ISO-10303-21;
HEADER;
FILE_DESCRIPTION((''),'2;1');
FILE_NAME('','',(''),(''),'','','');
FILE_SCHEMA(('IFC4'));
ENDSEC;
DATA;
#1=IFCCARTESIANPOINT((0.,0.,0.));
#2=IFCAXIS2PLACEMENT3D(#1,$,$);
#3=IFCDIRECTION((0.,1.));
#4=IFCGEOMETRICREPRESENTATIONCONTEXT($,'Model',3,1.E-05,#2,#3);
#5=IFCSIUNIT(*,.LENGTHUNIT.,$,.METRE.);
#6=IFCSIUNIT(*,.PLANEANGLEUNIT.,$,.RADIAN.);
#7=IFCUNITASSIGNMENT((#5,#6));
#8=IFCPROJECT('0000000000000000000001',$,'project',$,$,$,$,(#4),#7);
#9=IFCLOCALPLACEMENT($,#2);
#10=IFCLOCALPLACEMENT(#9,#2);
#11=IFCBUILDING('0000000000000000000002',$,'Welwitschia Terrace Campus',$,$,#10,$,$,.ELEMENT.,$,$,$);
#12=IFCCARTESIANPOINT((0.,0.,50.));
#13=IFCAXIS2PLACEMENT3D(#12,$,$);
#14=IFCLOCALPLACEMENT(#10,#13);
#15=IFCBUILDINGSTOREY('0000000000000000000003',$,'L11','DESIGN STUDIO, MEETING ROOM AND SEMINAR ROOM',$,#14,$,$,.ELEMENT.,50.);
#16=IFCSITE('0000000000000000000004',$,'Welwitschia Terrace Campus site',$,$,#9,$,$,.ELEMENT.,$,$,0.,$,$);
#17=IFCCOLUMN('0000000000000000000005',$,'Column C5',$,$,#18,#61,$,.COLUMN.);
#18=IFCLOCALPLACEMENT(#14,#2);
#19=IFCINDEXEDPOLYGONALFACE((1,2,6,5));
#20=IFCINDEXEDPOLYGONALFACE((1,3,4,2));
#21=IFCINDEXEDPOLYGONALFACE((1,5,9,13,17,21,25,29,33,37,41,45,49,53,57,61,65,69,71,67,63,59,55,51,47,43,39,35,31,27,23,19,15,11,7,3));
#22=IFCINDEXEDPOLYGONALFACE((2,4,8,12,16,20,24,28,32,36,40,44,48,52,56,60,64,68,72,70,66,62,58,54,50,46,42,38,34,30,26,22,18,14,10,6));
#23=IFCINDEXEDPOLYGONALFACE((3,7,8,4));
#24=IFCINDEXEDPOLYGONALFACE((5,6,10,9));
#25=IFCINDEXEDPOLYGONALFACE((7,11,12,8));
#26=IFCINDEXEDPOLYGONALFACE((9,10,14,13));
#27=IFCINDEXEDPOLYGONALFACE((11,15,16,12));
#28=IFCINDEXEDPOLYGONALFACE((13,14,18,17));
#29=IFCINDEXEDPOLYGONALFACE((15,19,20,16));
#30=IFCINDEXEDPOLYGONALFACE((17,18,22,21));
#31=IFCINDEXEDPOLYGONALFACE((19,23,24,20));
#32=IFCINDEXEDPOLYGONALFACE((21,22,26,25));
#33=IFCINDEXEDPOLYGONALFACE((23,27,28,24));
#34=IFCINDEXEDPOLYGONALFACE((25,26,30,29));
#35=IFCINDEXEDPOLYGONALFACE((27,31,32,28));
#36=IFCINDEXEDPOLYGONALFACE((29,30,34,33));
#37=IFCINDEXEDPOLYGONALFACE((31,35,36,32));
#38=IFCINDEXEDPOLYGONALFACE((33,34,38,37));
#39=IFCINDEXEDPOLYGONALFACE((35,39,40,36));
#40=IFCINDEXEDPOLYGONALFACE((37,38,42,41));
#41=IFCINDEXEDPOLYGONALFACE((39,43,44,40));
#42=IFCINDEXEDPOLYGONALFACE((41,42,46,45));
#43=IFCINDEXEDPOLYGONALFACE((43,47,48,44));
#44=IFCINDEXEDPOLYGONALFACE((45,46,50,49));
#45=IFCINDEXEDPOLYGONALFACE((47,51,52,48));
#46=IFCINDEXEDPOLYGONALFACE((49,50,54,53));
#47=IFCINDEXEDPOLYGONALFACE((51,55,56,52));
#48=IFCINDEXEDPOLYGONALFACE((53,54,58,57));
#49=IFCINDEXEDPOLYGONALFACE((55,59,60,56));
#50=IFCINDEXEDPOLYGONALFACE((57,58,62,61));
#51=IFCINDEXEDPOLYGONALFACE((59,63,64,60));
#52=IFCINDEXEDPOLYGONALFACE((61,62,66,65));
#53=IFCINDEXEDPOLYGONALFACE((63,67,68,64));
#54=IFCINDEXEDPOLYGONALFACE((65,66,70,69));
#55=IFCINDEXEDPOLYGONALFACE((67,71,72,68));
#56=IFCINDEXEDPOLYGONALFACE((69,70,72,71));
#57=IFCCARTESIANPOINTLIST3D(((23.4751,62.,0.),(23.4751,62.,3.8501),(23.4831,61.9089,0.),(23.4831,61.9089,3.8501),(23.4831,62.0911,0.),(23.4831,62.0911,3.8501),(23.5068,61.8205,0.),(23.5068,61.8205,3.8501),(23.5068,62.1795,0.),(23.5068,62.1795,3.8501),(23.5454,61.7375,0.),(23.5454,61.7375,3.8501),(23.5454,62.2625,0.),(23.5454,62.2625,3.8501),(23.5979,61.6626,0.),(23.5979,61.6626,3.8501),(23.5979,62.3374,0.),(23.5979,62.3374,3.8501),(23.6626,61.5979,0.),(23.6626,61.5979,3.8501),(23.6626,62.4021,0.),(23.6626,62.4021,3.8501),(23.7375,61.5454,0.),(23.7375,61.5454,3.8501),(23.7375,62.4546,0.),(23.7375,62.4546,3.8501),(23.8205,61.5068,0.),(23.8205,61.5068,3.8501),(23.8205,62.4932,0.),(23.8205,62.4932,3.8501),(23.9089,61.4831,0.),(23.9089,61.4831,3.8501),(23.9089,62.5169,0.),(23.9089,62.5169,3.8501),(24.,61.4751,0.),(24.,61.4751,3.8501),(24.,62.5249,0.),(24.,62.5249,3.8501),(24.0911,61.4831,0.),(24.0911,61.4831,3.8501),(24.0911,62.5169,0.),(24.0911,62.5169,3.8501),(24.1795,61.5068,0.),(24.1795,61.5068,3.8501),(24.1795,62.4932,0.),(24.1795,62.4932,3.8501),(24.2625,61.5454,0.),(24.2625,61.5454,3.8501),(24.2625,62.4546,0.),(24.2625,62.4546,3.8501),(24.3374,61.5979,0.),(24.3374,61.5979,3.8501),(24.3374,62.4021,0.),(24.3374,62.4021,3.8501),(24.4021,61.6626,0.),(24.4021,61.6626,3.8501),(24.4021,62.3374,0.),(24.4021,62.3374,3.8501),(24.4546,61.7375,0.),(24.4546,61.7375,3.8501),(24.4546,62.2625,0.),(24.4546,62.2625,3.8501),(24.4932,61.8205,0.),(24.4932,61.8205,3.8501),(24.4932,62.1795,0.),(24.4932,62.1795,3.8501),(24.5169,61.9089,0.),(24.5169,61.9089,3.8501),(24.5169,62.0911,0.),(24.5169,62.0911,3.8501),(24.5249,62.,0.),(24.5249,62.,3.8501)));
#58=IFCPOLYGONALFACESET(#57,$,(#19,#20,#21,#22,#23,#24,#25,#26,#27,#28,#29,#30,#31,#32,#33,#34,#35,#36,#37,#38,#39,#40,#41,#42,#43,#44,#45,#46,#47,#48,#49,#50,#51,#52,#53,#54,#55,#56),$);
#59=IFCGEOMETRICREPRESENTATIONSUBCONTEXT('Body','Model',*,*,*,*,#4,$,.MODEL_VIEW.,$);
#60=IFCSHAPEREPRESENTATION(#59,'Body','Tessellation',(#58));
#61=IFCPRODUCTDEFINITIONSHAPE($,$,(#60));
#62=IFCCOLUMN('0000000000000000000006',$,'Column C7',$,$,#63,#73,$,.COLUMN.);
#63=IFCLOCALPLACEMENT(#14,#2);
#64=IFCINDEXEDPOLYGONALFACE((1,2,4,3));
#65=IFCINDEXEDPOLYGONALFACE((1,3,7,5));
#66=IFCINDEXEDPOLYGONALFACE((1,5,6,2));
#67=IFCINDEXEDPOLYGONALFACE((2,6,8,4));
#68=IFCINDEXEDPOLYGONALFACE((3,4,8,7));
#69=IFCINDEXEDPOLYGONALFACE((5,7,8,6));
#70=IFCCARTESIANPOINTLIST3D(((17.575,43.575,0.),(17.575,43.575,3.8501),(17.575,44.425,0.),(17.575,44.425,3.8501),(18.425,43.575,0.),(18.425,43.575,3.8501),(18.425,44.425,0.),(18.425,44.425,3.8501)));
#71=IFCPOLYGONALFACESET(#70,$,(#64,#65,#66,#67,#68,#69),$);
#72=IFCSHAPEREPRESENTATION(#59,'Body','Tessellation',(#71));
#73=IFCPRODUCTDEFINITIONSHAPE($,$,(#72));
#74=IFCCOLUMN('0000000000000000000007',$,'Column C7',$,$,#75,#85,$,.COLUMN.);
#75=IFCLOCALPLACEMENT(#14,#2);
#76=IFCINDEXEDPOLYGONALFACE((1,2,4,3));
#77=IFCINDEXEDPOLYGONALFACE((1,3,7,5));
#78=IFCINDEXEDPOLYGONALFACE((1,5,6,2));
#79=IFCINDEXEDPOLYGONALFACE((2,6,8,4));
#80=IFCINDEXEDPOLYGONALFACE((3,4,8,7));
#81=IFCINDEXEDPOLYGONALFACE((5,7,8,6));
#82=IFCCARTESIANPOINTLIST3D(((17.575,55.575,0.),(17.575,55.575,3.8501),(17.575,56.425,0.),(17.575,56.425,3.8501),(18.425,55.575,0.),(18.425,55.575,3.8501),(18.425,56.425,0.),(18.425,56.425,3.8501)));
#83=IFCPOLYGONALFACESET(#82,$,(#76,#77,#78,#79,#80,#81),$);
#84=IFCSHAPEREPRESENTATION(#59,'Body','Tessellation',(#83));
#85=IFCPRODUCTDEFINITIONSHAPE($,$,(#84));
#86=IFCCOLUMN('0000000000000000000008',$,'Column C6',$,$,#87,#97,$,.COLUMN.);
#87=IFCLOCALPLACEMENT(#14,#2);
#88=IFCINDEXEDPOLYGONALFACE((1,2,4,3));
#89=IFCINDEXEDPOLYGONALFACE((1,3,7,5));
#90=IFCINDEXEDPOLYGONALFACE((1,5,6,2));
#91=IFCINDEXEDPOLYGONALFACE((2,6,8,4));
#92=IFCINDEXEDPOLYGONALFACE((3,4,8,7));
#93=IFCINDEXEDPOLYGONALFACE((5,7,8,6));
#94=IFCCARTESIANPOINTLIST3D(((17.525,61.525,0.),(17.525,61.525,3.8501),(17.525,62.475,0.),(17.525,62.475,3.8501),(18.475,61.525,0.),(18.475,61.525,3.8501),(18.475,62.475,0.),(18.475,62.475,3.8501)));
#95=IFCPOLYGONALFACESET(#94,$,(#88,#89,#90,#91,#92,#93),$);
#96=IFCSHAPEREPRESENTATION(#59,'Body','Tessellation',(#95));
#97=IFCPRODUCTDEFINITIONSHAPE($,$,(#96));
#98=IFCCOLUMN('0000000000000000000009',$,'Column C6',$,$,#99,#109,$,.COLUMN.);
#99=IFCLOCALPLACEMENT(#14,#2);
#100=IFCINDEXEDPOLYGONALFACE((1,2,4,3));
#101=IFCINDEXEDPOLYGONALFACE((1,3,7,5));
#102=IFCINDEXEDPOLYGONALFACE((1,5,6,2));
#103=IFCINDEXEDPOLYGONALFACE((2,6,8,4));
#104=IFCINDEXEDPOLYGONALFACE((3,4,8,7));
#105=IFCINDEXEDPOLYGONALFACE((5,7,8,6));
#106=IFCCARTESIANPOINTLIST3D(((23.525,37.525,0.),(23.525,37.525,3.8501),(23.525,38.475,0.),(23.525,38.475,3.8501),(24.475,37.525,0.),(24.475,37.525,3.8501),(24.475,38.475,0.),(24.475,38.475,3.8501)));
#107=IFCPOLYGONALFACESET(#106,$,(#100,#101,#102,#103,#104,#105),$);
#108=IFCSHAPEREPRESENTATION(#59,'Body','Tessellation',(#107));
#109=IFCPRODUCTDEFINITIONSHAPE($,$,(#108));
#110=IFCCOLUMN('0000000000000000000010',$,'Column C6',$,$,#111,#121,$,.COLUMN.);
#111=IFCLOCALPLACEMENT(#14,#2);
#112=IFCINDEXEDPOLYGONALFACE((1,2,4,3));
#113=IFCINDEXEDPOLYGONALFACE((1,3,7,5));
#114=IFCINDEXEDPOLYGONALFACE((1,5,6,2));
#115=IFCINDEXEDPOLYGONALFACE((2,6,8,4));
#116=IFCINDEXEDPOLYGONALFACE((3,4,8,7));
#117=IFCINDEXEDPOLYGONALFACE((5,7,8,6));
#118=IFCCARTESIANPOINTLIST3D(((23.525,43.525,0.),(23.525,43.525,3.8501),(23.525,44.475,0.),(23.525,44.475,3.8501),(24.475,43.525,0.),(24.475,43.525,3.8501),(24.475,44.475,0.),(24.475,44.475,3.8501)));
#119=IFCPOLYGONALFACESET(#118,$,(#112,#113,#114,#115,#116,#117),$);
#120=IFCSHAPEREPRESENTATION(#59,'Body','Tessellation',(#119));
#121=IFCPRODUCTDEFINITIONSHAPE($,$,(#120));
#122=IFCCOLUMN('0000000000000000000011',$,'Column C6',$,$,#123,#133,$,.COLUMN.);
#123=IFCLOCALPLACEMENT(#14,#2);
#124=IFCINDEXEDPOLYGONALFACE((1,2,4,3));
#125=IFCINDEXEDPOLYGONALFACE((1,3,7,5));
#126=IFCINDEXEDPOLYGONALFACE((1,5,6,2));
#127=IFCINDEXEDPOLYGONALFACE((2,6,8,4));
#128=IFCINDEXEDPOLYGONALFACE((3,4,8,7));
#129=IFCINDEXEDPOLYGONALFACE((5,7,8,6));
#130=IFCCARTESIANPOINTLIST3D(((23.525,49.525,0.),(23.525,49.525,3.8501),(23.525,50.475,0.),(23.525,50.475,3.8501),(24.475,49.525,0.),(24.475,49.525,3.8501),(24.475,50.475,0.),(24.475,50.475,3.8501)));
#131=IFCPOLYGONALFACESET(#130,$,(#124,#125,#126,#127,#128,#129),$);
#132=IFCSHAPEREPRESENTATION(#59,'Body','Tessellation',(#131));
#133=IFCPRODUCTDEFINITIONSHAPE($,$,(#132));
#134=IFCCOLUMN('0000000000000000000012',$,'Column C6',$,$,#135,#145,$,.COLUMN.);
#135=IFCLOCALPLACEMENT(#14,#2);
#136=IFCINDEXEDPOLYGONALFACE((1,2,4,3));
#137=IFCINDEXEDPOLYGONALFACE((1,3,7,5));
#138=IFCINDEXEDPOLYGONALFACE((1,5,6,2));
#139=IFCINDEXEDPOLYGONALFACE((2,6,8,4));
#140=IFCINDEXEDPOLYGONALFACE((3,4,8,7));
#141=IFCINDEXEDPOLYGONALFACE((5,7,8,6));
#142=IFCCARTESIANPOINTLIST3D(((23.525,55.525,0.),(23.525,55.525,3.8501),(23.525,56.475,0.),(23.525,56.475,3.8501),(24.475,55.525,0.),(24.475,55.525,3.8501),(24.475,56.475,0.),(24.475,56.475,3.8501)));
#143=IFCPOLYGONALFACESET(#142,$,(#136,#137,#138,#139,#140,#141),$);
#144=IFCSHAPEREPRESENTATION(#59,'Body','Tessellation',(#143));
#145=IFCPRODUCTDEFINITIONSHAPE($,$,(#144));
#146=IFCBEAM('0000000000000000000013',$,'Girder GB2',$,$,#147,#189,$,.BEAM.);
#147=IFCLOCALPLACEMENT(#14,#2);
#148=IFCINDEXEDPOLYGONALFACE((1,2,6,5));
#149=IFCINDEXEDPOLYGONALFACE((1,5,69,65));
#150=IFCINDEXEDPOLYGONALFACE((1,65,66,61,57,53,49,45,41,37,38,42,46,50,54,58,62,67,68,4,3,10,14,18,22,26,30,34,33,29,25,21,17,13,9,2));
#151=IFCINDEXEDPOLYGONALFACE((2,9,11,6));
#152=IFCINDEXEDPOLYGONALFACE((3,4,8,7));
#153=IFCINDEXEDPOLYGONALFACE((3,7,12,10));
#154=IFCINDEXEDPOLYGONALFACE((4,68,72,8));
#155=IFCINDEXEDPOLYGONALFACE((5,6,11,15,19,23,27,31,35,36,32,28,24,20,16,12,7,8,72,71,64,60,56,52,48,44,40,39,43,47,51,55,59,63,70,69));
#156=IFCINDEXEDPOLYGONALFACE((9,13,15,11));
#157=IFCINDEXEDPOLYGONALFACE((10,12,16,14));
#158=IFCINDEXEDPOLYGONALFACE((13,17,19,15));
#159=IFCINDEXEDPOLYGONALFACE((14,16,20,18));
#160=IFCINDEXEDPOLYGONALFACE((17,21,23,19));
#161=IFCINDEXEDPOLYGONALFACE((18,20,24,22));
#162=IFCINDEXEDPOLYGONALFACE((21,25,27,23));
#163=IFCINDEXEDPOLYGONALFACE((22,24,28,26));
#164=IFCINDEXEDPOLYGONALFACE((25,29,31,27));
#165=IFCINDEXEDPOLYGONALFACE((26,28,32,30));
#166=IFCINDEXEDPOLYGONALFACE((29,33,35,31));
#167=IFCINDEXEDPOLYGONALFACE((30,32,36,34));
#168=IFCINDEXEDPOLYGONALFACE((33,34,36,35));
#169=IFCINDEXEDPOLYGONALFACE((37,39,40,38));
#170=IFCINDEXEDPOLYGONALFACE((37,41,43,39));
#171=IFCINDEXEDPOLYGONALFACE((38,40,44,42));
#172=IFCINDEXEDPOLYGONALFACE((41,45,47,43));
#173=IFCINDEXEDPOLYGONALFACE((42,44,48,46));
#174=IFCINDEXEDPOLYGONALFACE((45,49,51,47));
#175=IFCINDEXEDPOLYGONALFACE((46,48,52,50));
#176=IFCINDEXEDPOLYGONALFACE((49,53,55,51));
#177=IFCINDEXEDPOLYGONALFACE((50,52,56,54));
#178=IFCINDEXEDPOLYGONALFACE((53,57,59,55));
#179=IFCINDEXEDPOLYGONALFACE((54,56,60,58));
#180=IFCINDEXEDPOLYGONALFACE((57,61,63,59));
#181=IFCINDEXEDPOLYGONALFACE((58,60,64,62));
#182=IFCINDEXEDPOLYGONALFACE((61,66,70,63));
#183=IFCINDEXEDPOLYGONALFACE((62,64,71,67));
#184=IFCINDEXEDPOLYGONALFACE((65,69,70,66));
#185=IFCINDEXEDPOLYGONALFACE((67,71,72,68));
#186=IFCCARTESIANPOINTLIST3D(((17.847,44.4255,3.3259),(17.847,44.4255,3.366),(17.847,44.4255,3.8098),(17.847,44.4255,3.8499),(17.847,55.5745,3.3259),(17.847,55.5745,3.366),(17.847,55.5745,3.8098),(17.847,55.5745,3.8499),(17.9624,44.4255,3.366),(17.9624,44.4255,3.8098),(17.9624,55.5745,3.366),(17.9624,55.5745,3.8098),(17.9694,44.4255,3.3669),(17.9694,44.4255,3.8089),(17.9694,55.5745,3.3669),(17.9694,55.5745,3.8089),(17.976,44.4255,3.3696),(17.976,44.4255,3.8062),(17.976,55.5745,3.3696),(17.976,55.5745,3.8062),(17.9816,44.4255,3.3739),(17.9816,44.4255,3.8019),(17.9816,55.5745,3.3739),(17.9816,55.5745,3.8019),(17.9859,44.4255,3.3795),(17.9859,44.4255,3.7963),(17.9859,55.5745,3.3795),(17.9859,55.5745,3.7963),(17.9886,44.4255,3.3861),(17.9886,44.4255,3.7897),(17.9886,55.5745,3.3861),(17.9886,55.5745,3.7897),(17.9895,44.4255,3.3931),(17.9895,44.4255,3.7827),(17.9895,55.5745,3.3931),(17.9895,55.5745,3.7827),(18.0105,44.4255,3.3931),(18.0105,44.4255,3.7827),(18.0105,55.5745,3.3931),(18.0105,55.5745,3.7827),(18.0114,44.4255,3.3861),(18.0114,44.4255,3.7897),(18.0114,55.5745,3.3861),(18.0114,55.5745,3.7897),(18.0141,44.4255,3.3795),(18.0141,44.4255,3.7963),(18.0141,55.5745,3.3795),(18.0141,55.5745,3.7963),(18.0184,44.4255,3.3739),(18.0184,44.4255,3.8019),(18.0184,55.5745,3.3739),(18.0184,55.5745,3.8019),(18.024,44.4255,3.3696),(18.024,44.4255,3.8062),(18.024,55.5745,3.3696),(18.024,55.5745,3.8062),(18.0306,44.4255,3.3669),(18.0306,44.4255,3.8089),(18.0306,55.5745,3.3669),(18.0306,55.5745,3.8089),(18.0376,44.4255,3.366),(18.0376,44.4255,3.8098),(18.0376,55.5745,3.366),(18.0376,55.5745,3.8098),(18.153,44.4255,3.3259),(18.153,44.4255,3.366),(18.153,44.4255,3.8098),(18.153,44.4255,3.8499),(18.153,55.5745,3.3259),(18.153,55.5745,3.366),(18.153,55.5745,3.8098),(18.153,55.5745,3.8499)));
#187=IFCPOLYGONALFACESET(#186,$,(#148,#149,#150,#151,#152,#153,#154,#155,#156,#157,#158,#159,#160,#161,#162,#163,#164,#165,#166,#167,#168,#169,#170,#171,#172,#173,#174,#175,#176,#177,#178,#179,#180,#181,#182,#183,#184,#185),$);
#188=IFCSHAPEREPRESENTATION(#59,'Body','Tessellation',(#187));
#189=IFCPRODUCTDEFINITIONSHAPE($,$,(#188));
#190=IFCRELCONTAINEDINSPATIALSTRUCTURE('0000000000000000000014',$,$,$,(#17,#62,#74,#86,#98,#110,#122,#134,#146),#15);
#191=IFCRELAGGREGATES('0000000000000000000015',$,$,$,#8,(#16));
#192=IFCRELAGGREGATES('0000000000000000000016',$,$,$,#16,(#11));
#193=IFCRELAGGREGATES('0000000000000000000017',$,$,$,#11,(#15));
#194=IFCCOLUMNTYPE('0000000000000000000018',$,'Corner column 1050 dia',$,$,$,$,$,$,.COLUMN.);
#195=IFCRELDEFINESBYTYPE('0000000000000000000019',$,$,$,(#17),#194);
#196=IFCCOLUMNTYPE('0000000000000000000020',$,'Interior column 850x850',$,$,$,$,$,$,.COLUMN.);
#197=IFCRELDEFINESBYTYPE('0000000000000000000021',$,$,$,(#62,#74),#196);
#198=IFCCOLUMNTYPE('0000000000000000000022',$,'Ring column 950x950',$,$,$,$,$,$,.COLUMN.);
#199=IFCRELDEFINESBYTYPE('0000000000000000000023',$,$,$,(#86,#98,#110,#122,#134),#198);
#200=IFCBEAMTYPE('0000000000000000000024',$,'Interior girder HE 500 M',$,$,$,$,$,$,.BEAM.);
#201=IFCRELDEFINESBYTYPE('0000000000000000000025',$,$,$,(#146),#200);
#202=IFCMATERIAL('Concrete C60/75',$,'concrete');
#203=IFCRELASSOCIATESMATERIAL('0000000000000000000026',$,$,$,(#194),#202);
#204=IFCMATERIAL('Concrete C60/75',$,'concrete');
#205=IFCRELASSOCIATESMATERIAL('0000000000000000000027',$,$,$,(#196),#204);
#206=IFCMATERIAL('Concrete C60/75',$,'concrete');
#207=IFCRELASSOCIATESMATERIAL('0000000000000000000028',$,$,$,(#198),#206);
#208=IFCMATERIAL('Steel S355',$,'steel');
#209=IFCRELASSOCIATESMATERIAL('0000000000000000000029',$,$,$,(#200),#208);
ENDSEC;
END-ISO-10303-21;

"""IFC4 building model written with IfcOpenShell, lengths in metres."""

from ifc_helpers import new_model, si_unit, direction, frame, origin, origin_2d, place, context, subcontext, project, spatial, rectangle, circle, i_section, extrude, material, material_profile, profile_set, type_object, element, save


model = new_model("IFC4")

# Units and contexts
model_context = context("Model", 3, precision=1e-05, world=origin(), true_north=direction((0.0, 1.0)))
body_context = subcontext(model_context, "Body", "Model", "MODEL_VIEW")
ifc_project = project(units=[si_unit("LENGTHUNIT", "METRE"), si_unit("PLANEANGLEUNIT", "RADIAN")], contexts=[model_context])

# Site, building, storey
site_placement = place(None, origin())
site = spatial("IfcSite", under=ifc_project, at=site_placement, Name="Welwitschia Terrace Campus site", CompositionType="ELEMENT", RefElevation=0.0)
building_placement = place(site_placement, origin())
building = spatial("IfcBuilding", under=site, at=building_placement, Name="Welwitschia Terrace Campus", CompositionType="ELEMENT")
storey_placement = place(building_placement, frame((0.0, 0.0, 50.0)))
storey = spatial("IfcBuildingStorey", under=building, at=storey_placement, Name="L11", Description="DESIGN STUDIO, MEETING ROOM AND SEMINAR ROOM", CompositionType="ELEMENT", Elevation=50.0)

# Columns
ifc_material_1 = material(Name="Concrete C60/75", Category="concrete")
ifc_material_profile_1 = material_profile(ifc_material_1, circle(Radius=0.5249, at=origin_2d()))
ifc_profile_set_1 = profile_set([ifc_material_profile_1], Name="Concrete C60/75")
column_type_1 = type_object("IfcColumnType", Name="Corner column 1050 dia", PredefinedType="COLUMN", material=ifc_profile_set_1)
column_placement = place(storey_placement, frame((24.0, 62.0, 0.0), z_axis=(0.0, 0.0, 1.0), x_axis=(1.0, 0.0, 0.0)))
element("IfcColumn", 1, at=column_placement, inside=storey, type_object=column_type_1, Name="Column C5", PredefinedType="COLUMN", context=body_context, shape_type="SweptSolid", body=[
    extrude(circle(Radius=0.5249, at=origin_2d()), origin(), (0.0, 0.0, 1.0), 3.8501),
])
ifc_material_2 = material(Name="Concrete C60/75", Category="concrete")
ifc_material_profile_2 = material_profile(ifc_material_2, rectangle(XDim=0.8501, YDim=0.8501, at=origin_2d()))
ifc_profile_set_2 = profile_set([ifc_material_profile_2], Name="Concrete C60/75")
column_type_2 = type_object("IfcColumnType", Name="Interior column 850x850", PredefinedType="COLUMN", material=ifc_profile_set_2)
for number, where, z_axis, x_axis, name in (
    (2, (18.0, 44.0, 0.0), (0.0, 0.0, 1.0), (1.0, 0.0, 0.0), "Column C7"),
    (3, (18.0, 56.0, 0.0), (0.0, 0.0, 1.0), (1.0, 0.0, 0.0), "Column C7"),
):
    element("IfcColumn", number, at=place(storey_placement, frame(where, z_axis=z_axis, x_axis=x_axis)), inside=storey, type_object=column_type_2, Name=name, PredefinedType="COLUMN", context=body_context, shape_type="SweptSolid", body=[
        extrude(rectangle(XDim=0.8501, YDim=0.8501, at=origin_2d()), origin(), (0.0, 0.0, 1.0), 3.8501),
    ])
ifc_material_3 = material(Name="Concrete C60/75", Category="concrete")
ifc_material_profile_3 = material_profile(ifc_material_3, rectangle(XDim=0.95, YDim=0.95, at=origin_2d()))
ifc_profile_set_3 = profile_set([ifc_material_profile_3], Name="Concrete C60/75")
column_type_3 = type_object("IfcColumnType", Name="Ring column 950x950", PredefinedType="COLUMN", material=ifc_profile_set_3)
for number, where, z_axis, x_axis, name in (
    (4, (18.0, 62.0, 0.0), (0.0, 0.0, 1.0), (1.0, 0.0, 0.0), "Column C6"),
    (5, (24.0, 38.0, 0.0), (0.0, 0.0, 1.0), (1.0, 0.0, 0.0), "Column C6"),
    (6, (24.0, 44.0, 0.0), (0.0, 0.0, 1.0), (1.0, 0.0, 0.0), "Column C6"),
    (7, (24.0, 50.0, 0.0), (0.0, 0.0, 1.0), (1.0, 0.0, 0.0), "Column C6"),
    (8, (24.0, 56.0, 0.0), (0.0, 0.0, 1.0), (1.0, 0.0, 0.0), "Column C6"),
):
    element("IfcColumn", number, at=place(storey_placement, frame(where, z_axis=z_axis, x_axis=x_axis)), inside=storey, type_object=column_type_3, Name=name, PredefinedType="COLUMN", context=body_context, shape_type="SweptSolid", body=[
        extrude(rectangle(XDim=0.95, YDim=0.95, at=origin_2d()), origin(), (0.0, 0.0, 1.0), 3.8501),
    ])

# Beam
ifc_material_4 = material(Name="Steel S355", Category="steel")
ifc_material_profile_4 = material_profile(ifc_material_4, i_section(OverallWidth=0.3059, OverallDepth=0.5239, WebThickness=0.021, FlangeThickness=0.04, FilletRadius=0.0271, at=origin_2d()))
ifc_profile_set_4 = profile_set([ifc_material_profile_4], Name="Steel S355")
beam_type_1 = type_object("IfcBeamType", Name="Interior girder HE 500 M", PredefinedType="BEAM", material=ifc_profile_set_4)
beam_1_placement = place(storey_placement, frame((18.0, 44.4255, 3.5879), z_axis=(0.0, 1.0, 0.0), x_axis=(-1.0, 0.0, 0.0)))
element("IfcBeam", 9, at=beam_1_placement, inside=storey, type_object=beam_type_1, Name="Girder GB2", PredefinedType="BEAM", context=body_context, shape_type="SweptSolid", body=[
    extrude(i_section(OverallWidth=0.3059, OverallDepth=0.5239, WebThickness=0.021, FlangeThickness=0.04, FilletRadius=0.0271, at=origin_2d()), origin(), (0.0, 0.0, 1.0), 11.1489),
])

save(model, "model.ifc")
